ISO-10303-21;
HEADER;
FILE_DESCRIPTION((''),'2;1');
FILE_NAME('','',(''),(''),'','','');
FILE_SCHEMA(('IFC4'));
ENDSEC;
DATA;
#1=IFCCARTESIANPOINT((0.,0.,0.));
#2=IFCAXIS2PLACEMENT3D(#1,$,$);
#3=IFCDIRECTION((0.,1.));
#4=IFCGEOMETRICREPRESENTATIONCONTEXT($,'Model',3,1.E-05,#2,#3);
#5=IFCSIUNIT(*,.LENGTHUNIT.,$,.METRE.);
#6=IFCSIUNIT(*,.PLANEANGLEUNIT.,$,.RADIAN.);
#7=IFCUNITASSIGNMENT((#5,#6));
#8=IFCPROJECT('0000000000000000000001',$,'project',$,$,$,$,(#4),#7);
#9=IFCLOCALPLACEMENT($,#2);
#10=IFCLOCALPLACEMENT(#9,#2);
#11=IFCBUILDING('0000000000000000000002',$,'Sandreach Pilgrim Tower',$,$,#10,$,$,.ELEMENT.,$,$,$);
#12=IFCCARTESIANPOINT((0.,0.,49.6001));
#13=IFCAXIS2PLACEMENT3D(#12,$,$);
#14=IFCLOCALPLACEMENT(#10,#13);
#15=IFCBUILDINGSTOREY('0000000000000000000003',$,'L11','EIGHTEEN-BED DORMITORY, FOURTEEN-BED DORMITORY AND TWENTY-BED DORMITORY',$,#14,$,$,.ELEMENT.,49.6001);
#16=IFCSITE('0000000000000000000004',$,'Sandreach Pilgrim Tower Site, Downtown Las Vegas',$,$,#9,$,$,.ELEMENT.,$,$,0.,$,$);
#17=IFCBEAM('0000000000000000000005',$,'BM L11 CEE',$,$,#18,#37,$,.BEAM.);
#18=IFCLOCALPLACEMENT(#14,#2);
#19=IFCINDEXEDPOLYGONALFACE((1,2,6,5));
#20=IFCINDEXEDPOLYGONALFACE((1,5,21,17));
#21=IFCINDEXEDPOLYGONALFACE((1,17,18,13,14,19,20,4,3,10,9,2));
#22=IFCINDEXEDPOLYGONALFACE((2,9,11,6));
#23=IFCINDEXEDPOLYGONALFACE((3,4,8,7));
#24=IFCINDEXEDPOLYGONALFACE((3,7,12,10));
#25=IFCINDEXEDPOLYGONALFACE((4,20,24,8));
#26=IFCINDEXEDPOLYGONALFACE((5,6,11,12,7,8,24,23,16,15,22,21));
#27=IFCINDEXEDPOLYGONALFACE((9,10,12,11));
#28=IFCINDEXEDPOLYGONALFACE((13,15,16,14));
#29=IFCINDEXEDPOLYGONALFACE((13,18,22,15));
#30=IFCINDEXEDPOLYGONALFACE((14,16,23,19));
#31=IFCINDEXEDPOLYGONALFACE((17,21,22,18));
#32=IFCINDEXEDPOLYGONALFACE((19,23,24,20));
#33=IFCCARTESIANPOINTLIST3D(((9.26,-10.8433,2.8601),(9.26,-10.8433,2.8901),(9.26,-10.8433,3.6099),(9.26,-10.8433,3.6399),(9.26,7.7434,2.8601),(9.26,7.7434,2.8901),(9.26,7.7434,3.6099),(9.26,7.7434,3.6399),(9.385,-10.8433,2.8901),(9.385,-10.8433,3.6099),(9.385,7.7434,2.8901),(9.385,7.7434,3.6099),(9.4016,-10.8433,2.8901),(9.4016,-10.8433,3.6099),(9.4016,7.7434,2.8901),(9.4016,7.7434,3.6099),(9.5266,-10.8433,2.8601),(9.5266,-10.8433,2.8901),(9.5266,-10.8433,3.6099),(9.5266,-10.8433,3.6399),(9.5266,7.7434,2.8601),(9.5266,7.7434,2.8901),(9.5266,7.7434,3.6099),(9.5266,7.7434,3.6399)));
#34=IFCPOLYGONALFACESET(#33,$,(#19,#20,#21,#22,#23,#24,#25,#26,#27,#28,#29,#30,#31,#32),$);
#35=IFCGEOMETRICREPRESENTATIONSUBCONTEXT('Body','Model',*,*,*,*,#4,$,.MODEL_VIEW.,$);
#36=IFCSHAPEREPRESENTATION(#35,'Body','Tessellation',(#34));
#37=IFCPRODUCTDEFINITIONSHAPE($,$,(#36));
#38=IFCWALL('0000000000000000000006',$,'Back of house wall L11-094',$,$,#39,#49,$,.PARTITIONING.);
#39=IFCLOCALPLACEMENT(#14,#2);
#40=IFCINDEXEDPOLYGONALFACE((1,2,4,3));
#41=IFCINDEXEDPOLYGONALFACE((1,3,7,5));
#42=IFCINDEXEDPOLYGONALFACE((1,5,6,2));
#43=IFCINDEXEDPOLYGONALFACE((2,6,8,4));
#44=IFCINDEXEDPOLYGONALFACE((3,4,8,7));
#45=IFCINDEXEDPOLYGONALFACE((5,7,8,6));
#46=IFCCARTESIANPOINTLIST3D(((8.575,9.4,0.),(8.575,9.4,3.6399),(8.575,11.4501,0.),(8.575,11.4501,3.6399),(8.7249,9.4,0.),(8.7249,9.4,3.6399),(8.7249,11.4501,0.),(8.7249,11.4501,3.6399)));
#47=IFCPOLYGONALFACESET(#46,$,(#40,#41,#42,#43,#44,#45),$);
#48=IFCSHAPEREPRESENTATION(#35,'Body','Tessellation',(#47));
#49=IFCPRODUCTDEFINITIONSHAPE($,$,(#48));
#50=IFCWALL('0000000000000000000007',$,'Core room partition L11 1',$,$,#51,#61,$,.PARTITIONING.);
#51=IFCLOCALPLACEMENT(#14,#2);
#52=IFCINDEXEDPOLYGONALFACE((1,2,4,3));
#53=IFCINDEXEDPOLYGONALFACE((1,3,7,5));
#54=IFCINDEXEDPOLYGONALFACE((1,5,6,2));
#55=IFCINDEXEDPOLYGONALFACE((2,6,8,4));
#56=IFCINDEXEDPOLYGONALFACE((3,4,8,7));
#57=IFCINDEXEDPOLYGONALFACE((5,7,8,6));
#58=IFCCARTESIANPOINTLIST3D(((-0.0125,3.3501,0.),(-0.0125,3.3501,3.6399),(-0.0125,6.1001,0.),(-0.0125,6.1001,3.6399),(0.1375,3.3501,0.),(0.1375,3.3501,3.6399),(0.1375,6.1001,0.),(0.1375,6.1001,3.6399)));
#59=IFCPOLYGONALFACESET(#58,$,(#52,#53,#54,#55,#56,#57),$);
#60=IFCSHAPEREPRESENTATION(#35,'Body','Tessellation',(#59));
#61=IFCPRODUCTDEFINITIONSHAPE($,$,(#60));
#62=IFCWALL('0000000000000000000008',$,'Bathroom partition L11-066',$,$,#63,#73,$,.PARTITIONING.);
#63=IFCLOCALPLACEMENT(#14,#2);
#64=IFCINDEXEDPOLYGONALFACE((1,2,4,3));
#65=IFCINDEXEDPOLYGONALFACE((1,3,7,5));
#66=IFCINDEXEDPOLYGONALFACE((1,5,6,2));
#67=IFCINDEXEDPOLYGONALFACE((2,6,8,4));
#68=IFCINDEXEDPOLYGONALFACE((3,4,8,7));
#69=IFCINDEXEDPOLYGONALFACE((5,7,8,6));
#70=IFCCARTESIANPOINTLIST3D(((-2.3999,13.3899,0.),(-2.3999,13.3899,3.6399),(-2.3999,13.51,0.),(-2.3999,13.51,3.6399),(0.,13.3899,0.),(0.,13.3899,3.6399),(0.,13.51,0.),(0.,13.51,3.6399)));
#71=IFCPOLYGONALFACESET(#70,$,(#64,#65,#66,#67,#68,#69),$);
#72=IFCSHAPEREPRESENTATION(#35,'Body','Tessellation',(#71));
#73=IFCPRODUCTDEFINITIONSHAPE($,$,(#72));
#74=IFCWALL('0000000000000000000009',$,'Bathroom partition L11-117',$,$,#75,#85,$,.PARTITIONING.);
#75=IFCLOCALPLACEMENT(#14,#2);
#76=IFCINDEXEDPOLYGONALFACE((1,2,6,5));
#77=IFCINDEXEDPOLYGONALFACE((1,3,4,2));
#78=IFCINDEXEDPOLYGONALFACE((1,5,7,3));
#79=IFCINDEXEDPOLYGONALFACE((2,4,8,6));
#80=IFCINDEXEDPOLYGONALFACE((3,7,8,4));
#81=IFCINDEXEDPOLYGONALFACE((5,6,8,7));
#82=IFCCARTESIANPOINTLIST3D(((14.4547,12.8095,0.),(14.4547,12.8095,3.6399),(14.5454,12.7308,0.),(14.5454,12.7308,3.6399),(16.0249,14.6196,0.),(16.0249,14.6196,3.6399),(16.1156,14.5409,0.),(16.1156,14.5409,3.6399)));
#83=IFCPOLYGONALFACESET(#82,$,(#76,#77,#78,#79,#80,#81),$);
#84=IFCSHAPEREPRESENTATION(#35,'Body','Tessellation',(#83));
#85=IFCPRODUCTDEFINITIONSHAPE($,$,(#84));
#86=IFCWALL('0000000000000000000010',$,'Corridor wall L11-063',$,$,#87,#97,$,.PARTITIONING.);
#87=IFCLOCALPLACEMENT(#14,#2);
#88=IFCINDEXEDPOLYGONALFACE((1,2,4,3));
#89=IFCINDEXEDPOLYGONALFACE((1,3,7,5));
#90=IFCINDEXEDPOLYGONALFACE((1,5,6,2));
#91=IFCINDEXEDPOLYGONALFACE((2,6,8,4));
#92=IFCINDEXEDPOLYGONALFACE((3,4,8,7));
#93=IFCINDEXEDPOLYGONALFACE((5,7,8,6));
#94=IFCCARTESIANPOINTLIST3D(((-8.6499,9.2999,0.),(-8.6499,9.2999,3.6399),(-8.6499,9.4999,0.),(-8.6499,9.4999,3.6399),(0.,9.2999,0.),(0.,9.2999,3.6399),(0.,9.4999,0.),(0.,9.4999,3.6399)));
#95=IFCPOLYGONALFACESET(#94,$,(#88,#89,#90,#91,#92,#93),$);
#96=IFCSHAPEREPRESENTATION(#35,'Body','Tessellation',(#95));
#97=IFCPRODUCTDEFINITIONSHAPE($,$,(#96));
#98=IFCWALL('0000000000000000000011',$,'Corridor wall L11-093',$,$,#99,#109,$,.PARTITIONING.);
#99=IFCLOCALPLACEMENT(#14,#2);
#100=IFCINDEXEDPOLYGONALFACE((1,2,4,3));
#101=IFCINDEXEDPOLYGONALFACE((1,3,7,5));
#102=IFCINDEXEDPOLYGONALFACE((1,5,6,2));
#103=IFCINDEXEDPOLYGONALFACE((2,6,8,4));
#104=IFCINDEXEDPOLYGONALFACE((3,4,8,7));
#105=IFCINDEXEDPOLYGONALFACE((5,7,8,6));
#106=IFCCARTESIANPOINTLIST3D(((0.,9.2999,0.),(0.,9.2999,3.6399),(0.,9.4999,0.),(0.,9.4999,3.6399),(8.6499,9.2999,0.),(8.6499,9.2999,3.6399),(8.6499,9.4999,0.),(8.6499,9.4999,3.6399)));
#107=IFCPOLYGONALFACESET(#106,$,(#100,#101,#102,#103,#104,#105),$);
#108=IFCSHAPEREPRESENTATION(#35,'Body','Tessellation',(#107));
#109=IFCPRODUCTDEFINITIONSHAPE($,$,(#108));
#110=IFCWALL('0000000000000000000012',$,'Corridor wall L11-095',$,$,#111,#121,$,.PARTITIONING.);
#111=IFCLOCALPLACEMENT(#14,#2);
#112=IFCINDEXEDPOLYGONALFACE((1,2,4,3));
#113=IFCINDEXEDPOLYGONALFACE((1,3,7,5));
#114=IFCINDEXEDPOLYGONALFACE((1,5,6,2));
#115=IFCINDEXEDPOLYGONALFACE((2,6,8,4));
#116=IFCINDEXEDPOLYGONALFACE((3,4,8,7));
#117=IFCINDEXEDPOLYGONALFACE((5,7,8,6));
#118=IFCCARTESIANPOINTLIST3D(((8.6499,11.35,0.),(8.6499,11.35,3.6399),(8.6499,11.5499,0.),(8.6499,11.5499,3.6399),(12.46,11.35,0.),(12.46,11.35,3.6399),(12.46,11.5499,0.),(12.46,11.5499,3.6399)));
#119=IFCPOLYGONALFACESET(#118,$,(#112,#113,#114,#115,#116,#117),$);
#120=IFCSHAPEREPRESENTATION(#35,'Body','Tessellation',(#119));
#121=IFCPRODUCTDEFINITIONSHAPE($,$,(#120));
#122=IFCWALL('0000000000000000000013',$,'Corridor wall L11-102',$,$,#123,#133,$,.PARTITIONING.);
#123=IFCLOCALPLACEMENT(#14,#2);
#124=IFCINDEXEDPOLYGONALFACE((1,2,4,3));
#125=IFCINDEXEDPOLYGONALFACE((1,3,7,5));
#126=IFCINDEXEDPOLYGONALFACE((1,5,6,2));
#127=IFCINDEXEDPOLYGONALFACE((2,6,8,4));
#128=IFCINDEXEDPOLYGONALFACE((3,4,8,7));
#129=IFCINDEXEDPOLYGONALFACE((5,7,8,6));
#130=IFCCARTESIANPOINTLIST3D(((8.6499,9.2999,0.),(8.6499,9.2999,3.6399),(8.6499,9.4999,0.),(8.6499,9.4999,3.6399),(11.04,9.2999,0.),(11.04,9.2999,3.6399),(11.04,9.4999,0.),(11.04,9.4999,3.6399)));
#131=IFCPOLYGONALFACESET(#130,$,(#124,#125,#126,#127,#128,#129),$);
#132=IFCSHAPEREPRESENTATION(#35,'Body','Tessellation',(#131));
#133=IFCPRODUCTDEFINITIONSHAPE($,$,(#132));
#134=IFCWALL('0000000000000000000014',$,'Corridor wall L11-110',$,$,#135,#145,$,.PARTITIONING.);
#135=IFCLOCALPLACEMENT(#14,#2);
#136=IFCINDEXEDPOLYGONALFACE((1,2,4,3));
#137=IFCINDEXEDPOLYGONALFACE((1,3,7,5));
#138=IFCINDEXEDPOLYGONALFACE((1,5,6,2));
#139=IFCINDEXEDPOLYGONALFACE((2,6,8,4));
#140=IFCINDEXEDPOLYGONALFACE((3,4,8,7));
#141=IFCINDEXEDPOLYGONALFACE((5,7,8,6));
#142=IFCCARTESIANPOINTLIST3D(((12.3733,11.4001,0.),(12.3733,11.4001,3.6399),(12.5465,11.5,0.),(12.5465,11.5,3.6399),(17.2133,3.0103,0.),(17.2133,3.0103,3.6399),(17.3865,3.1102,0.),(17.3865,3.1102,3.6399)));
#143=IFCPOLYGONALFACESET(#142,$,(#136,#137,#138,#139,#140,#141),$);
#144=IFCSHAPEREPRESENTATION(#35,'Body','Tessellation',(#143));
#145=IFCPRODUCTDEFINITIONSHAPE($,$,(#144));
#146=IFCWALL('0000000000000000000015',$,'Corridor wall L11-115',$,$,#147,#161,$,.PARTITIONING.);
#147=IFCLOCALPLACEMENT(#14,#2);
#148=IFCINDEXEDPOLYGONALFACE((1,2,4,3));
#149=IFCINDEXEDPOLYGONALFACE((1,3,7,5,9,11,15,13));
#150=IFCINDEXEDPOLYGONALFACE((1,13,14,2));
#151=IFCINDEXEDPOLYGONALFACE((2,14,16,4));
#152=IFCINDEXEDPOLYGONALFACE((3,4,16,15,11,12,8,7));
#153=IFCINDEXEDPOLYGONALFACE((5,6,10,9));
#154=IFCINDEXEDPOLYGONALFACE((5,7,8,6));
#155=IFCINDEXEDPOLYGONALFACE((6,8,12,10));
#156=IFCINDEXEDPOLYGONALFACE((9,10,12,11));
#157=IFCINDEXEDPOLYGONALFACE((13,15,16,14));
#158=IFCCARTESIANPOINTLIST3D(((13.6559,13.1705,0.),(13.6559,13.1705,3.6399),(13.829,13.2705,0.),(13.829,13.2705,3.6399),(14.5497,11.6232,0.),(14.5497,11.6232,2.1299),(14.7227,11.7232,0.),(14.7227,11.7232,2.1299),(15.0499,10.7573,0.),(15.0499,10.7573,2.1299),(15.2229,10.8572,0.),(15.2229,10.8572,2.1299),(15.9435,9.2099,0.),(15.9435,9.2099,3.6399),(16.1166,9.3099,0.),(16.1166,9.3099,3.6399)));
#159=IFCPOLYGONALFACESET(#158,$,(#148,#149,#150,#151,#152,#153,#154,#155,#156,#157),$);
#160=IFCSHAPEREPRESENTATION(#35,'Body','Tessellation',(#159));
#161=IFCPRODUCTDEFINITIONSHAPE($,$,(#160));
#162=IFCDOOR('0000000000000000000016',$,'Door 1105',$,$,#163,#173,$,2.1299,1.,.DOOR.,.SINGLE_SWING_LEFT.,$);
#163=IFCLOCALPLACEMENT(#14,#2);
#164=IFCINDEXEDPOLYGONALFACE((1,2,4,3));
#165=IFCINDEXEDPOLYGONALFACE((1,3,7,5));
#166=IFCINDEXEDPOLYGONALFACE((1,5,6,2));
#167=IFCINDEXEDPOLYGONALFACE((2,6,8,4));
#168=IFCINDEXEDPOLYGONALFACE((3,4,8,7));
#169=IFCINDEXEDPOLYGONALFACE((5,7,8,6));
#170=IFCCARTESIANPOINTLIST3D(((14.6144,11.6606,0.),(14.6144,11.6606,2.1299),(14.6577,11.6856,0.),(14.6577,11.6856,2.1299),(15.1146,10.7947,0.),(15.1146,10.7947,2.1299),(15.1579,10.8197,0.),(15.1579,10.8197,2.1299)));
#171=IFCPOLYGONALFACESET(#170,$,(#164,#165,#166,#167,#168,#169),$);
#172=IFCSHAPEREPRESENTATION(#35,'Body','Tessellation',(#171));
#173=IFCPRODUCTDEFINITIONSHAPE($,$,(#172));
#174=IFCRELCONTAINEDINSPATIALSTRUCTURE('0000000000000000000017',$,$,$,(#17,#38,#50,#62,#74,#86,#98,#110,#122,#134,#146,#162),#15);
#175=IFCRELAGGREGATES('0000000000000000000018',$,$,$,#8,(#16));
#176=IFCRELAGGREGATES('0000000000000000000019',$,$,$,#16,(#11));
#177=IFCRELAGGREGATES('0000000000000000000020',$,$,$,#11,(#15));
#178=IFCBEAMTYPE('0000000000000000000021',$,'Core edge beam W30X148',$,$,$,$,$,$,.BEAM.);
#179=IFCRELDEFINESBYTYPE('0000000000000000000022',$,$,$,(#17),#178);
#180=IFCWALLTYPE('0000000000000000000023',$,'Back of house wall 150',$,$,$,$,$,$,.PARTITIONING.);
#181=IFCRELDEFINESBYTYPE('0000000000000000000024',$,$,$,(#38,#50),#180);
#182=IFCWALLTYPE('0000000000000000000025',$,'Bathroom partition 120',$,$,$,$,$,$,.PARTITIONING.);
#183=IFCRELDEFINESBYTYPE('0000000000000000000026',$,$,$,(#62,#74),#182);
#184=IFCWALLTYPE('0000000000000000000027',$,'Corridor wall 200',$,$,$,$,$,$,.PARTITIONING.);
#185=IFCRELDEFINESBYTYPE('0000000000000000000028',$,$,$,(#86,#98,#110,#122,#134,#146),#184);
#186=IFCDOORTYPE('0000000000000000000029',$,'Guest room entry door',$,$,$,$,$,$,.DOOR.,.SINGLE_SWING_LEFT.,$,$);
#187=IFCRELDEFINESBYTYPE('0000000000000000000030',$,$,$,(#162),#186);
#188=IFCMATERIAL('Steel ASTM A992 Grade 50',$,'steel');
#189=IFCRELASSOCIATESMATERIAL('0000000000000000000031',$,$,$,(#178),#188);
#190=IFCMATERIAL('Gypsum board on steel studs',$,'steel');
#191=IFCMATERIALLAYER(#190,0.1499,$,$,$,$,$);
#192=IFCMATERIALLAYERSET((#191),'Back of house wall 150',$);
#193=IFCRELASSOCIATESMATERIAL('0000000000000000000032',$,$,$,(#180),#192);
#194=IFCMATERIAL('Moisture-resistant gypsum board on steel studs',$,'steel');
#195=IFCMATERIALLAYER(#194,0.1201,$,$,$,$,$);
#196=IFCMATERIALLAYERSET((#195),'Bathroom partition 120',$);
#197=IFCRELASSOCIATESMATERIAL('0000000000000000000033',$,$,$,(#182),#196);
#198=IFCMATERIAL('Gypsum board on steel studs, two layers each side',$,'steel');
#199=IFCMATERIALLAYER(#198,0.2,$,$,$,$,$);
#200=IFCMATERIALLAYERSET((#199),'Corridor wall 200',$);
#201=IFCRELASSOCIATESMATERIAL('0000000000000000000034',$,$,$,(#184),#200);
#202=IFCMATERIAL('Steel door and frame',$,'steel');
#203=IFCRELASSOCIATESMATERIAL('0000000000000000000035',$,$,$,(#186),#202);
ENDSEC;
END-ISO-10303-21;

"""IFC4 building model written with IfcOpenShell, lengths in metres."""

from ifc_helpers import new_model, si_unit, direction, frame, frame_2d, origin, origin_2d, place, context, subcontext, project, spatial, rectangle, i_section, extrude, material, layer, layer_set, material_profile, profile_set, type_object, element, fill, save


model = new_model("IFC4")

# Units and contexts
model_context = context("Model", 3, precision=1e-05, world=origin(), true_north=direction((0.0, 1.0)))
body_context = subcontext(model_context, "Body", "Model", "MODEL_VIEW")
ifc_project = project(units=[si_unit("LENGTHUNIT", "METRE"), si_unit("PLANEANGLEUNIT", "RADIAN")], contexts=[model_context])

# Site, building, storey
site_placement = place(None, origin())
site = spatial("IfcSite", under=ifc_project, at=site_placement, Name="Sandreach Pilgrim Tower Site, Downtown Las Vegas", CompositionType="ELEMENT", RefElevation=0.0)
building_placement = place(site_placement, origin())
building = spatial("IfcBuilding", under=site, at=building_placement, Name="Sandreach Pilgrim Tower", CompositionType="ELEMENT")
storey_placement = place(building_placement, frame((0.0, 0.0, 49.6001)))
storey = spatial("IfcBuildingStorey", under=building, at=storey_placement, Name="L11", Description="EIGHTEEN-BED DORMITORY, FOURTEEN-BED DORMITORY AND TWENTY-BED DORMITORY", CompositionType="ELEMENT", Elevation=49.6001)

# Beam
ifc_material_1 = material(Name="Steel ASTM A992 Grade 50", Category="steel")
ifc_material_profile = material_profile(ifc_material_1, i_section(OverallWidth=0.2666, OverallDepth=0.7798, WebThickness=0.0166, FlangeThickness=0.03, at=origin_2d()), Name="W30X148")
ifc_profile_set = profile_set([ifc_material_profile], Name="Steel ASTM A992 Grade 50")
beam_type = type_object("IfcBeamType", Name="Core edge beam W30X148", PredefinedType="BEAM", material=ifc_profile_set)
beam_placement = place(storey_placement, frame((9.3933, 7.7434, 3.25), z_axis=(0.0, -1.0, 0.0), x_axis=(1.0, 0.0, 0.0)))
element("IfcBeam", 1, at=beam_placement, inside=storey, type_object=beam_type, Name="BM L11 CEE", PredefinedType="BEAM", context=body_context, shape_type="SweptSolid", body=[
    extrude(i_section(OverallWidth=0.2666, OverallDepth=0.7798, WebThickness=0.0166, FlangeThickness=0.03, at=origin_2d()), origin(), (0.0, 0.0, 1.0), 18.5867),
])

# Walls
ifc_material_2 = material(Name="Gypsum board on steel studs", Category="steel")
ifc_layer_1 = layer(ifc_material_2, 0.1499)
ifc_layer_set_1 = layer_set([ifc_layer_1], Name="Back of house wall 150")
wall_type_1 = type_object("IfcWallType", Name="Back of house wall 150", PredefinedType="PARTITIONING", material=ifc_layer_set_1)
wall_1_placement = place(storey_placement, frame((8.6499, 11.45, 0.0), z_axis=(0.0, 0.0, 1.0), x_axis=(0.0, -1.0, 0.0)))
element("IfcWall", 2, at=wall_1_placement, inside=storey, type_object=wall_type_1, Name="Back of house wall L11-094", PredefinedType="PARTITIONING", context=body_context, shape_type="SweptSolid", body=[
    extrude(rectangle(XDim=2.05, YDim=0.1499, at=frame_2d((1.0249, 0.0))), origin(), (0.0, 0.0, 1.0), 3.6399),
])
wall_2_placement = place(storey_placement, frame((0.0625, 3.3501, 0.0), z_axis=(0.0, 0.0, 1.0), x_axis=(0.0, 1.0, 0.0)))
element("IfcWall", 3, at=wall_2_placement, inside=storey, type_object=wall_type_1, Name="Core room partition L11 1", PredefinedType="PARTITIONING", context=body_context, shape_type="SweptSolid", body=[
    extrude(rectangle(XDim=2.75, YDim=0.1499, at=frame_2d((1.375, 0.0))), origin(), (0.0, 0.0, 1.0), 3.6399),
])
ifc_material_3 = material(Name="Moisture-resistant gypsum board on steel studs", Category="steel")
ifc_layer_2 = layer(ifc_material_3, 0.1201)
ifc_layer_set_2 = layer_set([ifc_layer_2], Name="Bathroom partition 120")
wall_type_2 = type_object("IfcWallType", Name="Bathroom partition 120", PredefinedType="PARTITIONING", material=ifc_layer_set_2)
wall_3_placement = place(storey_placement, frame((0.0, 13.45, 0.0), z_axis=(0.0, 0.0, 1.0), x_axis=(-1.0, 0.0, 0.0)))
element("IfcWall", 4, at=wall_3_placement, inside=storey, type_object=wall_type_2, Name="Bathroom partition L11-066", PredefinedType="PARTITIONING", context=body_context, shape_type="SweptSolid", body=[
    extrude(rectangle(XDim=2.3999, YDim=0.1201, at=frame_2d((1.2, 0.0))), origin(), (0.0, 0.0, 1.0), 3.6399),
])
wall_4_placement = place(storey_placement, frame((14.5, 12.77, 0.0), z_axis=(0.0, 0.0, 1.0), x_axis=(0.655252, 0.75541, 0.0)))
element("IfcWall", 5, at=wall_4_placement, inside=storey, type_object=wall_type_2, Name="Bathroom partition L11-117", PredefinedType="PARTITIONING", context=body_context, shape_type="SweptSolid", body=[
    extrude(rectangle(XDim=2.3962, YDim=0.1201, at=frame_2d((1.1982, 0.0))), origin(), (0.0, 0.0, 1.0), 3.6399),
])

# Wall
ifc_material_4 = material(Name="Gypsum board on steel studs, two layers each side", Category="steel")
ifc_layer_3 = layer(ifc_material_4, 0.2)
ifc_layer_set_3 = layer_set([ifc_layer_3], Name="Corridor wall 200")
wall_type_3 = type_object("IfcWallType", Name="Corridor wall 200", PredefinedType="PARTITIONING", material=ifc_layer_set_3)
wall_5_placement = place(storey_placement, frame((0.0, 9.3999, 0.0), z_axis=(0.0, 0.0, 1.0), x_axis=(-1.0, 0.0, 0.0)))
element("IfcWall", 6, at=wall_5_placement, inside=storey, type_object=wall_type_3, Name="Corridor wall L11-063", PredefinedType="PARTITIONING", context=body_context, shape_type="SweptSolid", body=[
    extrude(rectangle(XDim=8.6499, YDim=0.2, at=frame_2d((4.325, 0.0))), origin(), (0.0, 0.0, 1.0), 3.6399),
])

# Walls
wall_6_placement = place(storey_placement, frame((8.6499, 9.3999, 0.0), z_axis=(0.0, 0.0, 1.0), x_axis=(-1.0, 0.0, 0.0)))
element("IfcWall", 7, at=wall_6_placement, inside=storey, type_object=wall_type_3, Name="Corridor wall L11-093", PredefinedType="PARTITIONING", context=body_context, shape_type="SweptSolid", body=[
    extrude(rectangle(XDim=8.6499, YDim=0.2, at=frame_2d((4.325, 0.0))), origin(), (0.0, 0.0, 1.0), 3.6399),
])
wall_7_placement = place(storey_placement, frame((8.6499, 11.45, 0.0), z_axis=(0.0, 0.0, 1.0), x_axis=(1.0, 0.0, 0.0)))
element("IfcWall", 8, at=wall_7_placement, inside=storey, type_object=wall_type_3, Name="Corridor wall L11-095", PredefinedType="PARTITIONING", context=body_context, shape_type="SweptSolid", body=[
    extrude(rectangle(XDim=3.8101, YDim=0.2, at=frame_2d((1.905, 0.0))), origin(), (0.0, 0.0, 1.0), 3.6399),
])
wall_8_placement = place(storey_placement, frame((11.04, 9.3999, 0.0), z_axis=(0.0, 0.0, 1.0), x_axis=(-1.0, 0.0, 0.0)))
element("IfcWall", 9, at=wall_8_placement, inside=storey, type_object=wall_type_3, Name="Corridor wall L11-102", PredefinedType="PARTITIONING", context=body_context, shape_type="SweptSolid", body=[
    extrude(rectangle(XDim=2.3901, YDim=0.2, at=frame_2d((1.1951, 0.0))), origin(), (0.0, 0.0, 1.0), 3.6399),
])
wall_9_placement = place(storey_placement, frame((12.46, 11.45, 0.0), z_axis=(0.0, 0.0, 1.0), x_axis=(0.499704, -0.866196, 0.0)))
element("IfcWall", 10, at=wall_9_placement, inside=storey, type_object=wall_type_3, Name="Corridor wall L11-110", PredefinedType="PARTITIONING", context=body_context, shape_type="SweptSolid", body=[
    extrude(rectangle(XDim=9.6858, YDim=0.2, at=frame_2d((4.8428, 0.0))), origin(), (0.0, 0.0, 1.0), 3.6399),
])

# Wall, opening, door
wall_10_placement = place(storey_placement, frame((13.7424, 13.2205, 0.0), z_axis=(0.0, 0.0, 1.0), x_axis=(0.500169, -0.865928, 0.0)))
wall_10 = element("IfcWall", 11, at=wall_10_placement, inside=storey, type_object=wall_type_3, Name="Corridor wall L11-115", PredefinedType="PARTITIONING", context=body_context, shape_type="SweptSolid", body=[
    extrude(rectangle(XDim=4.5737, YDim=0.2, at=frame_2d((2.2869, 0.0))), origin(), (0.0, 0.0, 1.0), 3.6399),
])
opening_1_placement = place(wall_10_placement, frame((1.7869, 0.0, 0.0)))
opening_1 = element("IfcOpeningElement", 12, at=opening_1_placement, cuts=wall_10, PredefinedType="OPENING", context=body_context, shape_type="SweptSolid", body=[
    extrude(rectangle(XDim=1.0, YDim=2.1299, at=frame_2d((0.5, 1.0649))), frame((0.0, 0.1001, 0.0), z_axis=(0.0, -1.0, 0.0), x_axis=(1.0, 0.0, 0.0)), (0.0, 0.0, 1.0), 0.2),
])
ifc_material_5 = material(Name="Steel door and frame", Category="steel")
door_type_1 = type_object("IfcDoorType", Name="Guest room entry door", OperationType="SINGLE_SWING_LEFT", PredefinedType="DOOR", material=ifc_material_5)
door_1_placement = place(opening_1_placement, origin())
door_1 = element("IfcDoor", 13, at=door_1_placement, inside=storey, type_object=door_type_1, Name="Door 1105", OperationType="SINGLE_SWING_LEFT", OverallHeight=2.1299, OverallWidth=1.0, PredefinedType="DOOR", context=body_context, shape_type="SweptSolid", body=[
    extrude(rectangle(XDim=1.0, YDim=2.1299, at=frame_2d((0.5, 1.0649))), frame((0.0, 0.0249, 0.0), z_axis=(0.0, -1.0, 0.0), x_axis=(1.0, 0.0, 0.0)), (0.0, 0.0, 1.0), 0.05),
])
fill(opening_1, door_1)

save(model, "model.ifc")
